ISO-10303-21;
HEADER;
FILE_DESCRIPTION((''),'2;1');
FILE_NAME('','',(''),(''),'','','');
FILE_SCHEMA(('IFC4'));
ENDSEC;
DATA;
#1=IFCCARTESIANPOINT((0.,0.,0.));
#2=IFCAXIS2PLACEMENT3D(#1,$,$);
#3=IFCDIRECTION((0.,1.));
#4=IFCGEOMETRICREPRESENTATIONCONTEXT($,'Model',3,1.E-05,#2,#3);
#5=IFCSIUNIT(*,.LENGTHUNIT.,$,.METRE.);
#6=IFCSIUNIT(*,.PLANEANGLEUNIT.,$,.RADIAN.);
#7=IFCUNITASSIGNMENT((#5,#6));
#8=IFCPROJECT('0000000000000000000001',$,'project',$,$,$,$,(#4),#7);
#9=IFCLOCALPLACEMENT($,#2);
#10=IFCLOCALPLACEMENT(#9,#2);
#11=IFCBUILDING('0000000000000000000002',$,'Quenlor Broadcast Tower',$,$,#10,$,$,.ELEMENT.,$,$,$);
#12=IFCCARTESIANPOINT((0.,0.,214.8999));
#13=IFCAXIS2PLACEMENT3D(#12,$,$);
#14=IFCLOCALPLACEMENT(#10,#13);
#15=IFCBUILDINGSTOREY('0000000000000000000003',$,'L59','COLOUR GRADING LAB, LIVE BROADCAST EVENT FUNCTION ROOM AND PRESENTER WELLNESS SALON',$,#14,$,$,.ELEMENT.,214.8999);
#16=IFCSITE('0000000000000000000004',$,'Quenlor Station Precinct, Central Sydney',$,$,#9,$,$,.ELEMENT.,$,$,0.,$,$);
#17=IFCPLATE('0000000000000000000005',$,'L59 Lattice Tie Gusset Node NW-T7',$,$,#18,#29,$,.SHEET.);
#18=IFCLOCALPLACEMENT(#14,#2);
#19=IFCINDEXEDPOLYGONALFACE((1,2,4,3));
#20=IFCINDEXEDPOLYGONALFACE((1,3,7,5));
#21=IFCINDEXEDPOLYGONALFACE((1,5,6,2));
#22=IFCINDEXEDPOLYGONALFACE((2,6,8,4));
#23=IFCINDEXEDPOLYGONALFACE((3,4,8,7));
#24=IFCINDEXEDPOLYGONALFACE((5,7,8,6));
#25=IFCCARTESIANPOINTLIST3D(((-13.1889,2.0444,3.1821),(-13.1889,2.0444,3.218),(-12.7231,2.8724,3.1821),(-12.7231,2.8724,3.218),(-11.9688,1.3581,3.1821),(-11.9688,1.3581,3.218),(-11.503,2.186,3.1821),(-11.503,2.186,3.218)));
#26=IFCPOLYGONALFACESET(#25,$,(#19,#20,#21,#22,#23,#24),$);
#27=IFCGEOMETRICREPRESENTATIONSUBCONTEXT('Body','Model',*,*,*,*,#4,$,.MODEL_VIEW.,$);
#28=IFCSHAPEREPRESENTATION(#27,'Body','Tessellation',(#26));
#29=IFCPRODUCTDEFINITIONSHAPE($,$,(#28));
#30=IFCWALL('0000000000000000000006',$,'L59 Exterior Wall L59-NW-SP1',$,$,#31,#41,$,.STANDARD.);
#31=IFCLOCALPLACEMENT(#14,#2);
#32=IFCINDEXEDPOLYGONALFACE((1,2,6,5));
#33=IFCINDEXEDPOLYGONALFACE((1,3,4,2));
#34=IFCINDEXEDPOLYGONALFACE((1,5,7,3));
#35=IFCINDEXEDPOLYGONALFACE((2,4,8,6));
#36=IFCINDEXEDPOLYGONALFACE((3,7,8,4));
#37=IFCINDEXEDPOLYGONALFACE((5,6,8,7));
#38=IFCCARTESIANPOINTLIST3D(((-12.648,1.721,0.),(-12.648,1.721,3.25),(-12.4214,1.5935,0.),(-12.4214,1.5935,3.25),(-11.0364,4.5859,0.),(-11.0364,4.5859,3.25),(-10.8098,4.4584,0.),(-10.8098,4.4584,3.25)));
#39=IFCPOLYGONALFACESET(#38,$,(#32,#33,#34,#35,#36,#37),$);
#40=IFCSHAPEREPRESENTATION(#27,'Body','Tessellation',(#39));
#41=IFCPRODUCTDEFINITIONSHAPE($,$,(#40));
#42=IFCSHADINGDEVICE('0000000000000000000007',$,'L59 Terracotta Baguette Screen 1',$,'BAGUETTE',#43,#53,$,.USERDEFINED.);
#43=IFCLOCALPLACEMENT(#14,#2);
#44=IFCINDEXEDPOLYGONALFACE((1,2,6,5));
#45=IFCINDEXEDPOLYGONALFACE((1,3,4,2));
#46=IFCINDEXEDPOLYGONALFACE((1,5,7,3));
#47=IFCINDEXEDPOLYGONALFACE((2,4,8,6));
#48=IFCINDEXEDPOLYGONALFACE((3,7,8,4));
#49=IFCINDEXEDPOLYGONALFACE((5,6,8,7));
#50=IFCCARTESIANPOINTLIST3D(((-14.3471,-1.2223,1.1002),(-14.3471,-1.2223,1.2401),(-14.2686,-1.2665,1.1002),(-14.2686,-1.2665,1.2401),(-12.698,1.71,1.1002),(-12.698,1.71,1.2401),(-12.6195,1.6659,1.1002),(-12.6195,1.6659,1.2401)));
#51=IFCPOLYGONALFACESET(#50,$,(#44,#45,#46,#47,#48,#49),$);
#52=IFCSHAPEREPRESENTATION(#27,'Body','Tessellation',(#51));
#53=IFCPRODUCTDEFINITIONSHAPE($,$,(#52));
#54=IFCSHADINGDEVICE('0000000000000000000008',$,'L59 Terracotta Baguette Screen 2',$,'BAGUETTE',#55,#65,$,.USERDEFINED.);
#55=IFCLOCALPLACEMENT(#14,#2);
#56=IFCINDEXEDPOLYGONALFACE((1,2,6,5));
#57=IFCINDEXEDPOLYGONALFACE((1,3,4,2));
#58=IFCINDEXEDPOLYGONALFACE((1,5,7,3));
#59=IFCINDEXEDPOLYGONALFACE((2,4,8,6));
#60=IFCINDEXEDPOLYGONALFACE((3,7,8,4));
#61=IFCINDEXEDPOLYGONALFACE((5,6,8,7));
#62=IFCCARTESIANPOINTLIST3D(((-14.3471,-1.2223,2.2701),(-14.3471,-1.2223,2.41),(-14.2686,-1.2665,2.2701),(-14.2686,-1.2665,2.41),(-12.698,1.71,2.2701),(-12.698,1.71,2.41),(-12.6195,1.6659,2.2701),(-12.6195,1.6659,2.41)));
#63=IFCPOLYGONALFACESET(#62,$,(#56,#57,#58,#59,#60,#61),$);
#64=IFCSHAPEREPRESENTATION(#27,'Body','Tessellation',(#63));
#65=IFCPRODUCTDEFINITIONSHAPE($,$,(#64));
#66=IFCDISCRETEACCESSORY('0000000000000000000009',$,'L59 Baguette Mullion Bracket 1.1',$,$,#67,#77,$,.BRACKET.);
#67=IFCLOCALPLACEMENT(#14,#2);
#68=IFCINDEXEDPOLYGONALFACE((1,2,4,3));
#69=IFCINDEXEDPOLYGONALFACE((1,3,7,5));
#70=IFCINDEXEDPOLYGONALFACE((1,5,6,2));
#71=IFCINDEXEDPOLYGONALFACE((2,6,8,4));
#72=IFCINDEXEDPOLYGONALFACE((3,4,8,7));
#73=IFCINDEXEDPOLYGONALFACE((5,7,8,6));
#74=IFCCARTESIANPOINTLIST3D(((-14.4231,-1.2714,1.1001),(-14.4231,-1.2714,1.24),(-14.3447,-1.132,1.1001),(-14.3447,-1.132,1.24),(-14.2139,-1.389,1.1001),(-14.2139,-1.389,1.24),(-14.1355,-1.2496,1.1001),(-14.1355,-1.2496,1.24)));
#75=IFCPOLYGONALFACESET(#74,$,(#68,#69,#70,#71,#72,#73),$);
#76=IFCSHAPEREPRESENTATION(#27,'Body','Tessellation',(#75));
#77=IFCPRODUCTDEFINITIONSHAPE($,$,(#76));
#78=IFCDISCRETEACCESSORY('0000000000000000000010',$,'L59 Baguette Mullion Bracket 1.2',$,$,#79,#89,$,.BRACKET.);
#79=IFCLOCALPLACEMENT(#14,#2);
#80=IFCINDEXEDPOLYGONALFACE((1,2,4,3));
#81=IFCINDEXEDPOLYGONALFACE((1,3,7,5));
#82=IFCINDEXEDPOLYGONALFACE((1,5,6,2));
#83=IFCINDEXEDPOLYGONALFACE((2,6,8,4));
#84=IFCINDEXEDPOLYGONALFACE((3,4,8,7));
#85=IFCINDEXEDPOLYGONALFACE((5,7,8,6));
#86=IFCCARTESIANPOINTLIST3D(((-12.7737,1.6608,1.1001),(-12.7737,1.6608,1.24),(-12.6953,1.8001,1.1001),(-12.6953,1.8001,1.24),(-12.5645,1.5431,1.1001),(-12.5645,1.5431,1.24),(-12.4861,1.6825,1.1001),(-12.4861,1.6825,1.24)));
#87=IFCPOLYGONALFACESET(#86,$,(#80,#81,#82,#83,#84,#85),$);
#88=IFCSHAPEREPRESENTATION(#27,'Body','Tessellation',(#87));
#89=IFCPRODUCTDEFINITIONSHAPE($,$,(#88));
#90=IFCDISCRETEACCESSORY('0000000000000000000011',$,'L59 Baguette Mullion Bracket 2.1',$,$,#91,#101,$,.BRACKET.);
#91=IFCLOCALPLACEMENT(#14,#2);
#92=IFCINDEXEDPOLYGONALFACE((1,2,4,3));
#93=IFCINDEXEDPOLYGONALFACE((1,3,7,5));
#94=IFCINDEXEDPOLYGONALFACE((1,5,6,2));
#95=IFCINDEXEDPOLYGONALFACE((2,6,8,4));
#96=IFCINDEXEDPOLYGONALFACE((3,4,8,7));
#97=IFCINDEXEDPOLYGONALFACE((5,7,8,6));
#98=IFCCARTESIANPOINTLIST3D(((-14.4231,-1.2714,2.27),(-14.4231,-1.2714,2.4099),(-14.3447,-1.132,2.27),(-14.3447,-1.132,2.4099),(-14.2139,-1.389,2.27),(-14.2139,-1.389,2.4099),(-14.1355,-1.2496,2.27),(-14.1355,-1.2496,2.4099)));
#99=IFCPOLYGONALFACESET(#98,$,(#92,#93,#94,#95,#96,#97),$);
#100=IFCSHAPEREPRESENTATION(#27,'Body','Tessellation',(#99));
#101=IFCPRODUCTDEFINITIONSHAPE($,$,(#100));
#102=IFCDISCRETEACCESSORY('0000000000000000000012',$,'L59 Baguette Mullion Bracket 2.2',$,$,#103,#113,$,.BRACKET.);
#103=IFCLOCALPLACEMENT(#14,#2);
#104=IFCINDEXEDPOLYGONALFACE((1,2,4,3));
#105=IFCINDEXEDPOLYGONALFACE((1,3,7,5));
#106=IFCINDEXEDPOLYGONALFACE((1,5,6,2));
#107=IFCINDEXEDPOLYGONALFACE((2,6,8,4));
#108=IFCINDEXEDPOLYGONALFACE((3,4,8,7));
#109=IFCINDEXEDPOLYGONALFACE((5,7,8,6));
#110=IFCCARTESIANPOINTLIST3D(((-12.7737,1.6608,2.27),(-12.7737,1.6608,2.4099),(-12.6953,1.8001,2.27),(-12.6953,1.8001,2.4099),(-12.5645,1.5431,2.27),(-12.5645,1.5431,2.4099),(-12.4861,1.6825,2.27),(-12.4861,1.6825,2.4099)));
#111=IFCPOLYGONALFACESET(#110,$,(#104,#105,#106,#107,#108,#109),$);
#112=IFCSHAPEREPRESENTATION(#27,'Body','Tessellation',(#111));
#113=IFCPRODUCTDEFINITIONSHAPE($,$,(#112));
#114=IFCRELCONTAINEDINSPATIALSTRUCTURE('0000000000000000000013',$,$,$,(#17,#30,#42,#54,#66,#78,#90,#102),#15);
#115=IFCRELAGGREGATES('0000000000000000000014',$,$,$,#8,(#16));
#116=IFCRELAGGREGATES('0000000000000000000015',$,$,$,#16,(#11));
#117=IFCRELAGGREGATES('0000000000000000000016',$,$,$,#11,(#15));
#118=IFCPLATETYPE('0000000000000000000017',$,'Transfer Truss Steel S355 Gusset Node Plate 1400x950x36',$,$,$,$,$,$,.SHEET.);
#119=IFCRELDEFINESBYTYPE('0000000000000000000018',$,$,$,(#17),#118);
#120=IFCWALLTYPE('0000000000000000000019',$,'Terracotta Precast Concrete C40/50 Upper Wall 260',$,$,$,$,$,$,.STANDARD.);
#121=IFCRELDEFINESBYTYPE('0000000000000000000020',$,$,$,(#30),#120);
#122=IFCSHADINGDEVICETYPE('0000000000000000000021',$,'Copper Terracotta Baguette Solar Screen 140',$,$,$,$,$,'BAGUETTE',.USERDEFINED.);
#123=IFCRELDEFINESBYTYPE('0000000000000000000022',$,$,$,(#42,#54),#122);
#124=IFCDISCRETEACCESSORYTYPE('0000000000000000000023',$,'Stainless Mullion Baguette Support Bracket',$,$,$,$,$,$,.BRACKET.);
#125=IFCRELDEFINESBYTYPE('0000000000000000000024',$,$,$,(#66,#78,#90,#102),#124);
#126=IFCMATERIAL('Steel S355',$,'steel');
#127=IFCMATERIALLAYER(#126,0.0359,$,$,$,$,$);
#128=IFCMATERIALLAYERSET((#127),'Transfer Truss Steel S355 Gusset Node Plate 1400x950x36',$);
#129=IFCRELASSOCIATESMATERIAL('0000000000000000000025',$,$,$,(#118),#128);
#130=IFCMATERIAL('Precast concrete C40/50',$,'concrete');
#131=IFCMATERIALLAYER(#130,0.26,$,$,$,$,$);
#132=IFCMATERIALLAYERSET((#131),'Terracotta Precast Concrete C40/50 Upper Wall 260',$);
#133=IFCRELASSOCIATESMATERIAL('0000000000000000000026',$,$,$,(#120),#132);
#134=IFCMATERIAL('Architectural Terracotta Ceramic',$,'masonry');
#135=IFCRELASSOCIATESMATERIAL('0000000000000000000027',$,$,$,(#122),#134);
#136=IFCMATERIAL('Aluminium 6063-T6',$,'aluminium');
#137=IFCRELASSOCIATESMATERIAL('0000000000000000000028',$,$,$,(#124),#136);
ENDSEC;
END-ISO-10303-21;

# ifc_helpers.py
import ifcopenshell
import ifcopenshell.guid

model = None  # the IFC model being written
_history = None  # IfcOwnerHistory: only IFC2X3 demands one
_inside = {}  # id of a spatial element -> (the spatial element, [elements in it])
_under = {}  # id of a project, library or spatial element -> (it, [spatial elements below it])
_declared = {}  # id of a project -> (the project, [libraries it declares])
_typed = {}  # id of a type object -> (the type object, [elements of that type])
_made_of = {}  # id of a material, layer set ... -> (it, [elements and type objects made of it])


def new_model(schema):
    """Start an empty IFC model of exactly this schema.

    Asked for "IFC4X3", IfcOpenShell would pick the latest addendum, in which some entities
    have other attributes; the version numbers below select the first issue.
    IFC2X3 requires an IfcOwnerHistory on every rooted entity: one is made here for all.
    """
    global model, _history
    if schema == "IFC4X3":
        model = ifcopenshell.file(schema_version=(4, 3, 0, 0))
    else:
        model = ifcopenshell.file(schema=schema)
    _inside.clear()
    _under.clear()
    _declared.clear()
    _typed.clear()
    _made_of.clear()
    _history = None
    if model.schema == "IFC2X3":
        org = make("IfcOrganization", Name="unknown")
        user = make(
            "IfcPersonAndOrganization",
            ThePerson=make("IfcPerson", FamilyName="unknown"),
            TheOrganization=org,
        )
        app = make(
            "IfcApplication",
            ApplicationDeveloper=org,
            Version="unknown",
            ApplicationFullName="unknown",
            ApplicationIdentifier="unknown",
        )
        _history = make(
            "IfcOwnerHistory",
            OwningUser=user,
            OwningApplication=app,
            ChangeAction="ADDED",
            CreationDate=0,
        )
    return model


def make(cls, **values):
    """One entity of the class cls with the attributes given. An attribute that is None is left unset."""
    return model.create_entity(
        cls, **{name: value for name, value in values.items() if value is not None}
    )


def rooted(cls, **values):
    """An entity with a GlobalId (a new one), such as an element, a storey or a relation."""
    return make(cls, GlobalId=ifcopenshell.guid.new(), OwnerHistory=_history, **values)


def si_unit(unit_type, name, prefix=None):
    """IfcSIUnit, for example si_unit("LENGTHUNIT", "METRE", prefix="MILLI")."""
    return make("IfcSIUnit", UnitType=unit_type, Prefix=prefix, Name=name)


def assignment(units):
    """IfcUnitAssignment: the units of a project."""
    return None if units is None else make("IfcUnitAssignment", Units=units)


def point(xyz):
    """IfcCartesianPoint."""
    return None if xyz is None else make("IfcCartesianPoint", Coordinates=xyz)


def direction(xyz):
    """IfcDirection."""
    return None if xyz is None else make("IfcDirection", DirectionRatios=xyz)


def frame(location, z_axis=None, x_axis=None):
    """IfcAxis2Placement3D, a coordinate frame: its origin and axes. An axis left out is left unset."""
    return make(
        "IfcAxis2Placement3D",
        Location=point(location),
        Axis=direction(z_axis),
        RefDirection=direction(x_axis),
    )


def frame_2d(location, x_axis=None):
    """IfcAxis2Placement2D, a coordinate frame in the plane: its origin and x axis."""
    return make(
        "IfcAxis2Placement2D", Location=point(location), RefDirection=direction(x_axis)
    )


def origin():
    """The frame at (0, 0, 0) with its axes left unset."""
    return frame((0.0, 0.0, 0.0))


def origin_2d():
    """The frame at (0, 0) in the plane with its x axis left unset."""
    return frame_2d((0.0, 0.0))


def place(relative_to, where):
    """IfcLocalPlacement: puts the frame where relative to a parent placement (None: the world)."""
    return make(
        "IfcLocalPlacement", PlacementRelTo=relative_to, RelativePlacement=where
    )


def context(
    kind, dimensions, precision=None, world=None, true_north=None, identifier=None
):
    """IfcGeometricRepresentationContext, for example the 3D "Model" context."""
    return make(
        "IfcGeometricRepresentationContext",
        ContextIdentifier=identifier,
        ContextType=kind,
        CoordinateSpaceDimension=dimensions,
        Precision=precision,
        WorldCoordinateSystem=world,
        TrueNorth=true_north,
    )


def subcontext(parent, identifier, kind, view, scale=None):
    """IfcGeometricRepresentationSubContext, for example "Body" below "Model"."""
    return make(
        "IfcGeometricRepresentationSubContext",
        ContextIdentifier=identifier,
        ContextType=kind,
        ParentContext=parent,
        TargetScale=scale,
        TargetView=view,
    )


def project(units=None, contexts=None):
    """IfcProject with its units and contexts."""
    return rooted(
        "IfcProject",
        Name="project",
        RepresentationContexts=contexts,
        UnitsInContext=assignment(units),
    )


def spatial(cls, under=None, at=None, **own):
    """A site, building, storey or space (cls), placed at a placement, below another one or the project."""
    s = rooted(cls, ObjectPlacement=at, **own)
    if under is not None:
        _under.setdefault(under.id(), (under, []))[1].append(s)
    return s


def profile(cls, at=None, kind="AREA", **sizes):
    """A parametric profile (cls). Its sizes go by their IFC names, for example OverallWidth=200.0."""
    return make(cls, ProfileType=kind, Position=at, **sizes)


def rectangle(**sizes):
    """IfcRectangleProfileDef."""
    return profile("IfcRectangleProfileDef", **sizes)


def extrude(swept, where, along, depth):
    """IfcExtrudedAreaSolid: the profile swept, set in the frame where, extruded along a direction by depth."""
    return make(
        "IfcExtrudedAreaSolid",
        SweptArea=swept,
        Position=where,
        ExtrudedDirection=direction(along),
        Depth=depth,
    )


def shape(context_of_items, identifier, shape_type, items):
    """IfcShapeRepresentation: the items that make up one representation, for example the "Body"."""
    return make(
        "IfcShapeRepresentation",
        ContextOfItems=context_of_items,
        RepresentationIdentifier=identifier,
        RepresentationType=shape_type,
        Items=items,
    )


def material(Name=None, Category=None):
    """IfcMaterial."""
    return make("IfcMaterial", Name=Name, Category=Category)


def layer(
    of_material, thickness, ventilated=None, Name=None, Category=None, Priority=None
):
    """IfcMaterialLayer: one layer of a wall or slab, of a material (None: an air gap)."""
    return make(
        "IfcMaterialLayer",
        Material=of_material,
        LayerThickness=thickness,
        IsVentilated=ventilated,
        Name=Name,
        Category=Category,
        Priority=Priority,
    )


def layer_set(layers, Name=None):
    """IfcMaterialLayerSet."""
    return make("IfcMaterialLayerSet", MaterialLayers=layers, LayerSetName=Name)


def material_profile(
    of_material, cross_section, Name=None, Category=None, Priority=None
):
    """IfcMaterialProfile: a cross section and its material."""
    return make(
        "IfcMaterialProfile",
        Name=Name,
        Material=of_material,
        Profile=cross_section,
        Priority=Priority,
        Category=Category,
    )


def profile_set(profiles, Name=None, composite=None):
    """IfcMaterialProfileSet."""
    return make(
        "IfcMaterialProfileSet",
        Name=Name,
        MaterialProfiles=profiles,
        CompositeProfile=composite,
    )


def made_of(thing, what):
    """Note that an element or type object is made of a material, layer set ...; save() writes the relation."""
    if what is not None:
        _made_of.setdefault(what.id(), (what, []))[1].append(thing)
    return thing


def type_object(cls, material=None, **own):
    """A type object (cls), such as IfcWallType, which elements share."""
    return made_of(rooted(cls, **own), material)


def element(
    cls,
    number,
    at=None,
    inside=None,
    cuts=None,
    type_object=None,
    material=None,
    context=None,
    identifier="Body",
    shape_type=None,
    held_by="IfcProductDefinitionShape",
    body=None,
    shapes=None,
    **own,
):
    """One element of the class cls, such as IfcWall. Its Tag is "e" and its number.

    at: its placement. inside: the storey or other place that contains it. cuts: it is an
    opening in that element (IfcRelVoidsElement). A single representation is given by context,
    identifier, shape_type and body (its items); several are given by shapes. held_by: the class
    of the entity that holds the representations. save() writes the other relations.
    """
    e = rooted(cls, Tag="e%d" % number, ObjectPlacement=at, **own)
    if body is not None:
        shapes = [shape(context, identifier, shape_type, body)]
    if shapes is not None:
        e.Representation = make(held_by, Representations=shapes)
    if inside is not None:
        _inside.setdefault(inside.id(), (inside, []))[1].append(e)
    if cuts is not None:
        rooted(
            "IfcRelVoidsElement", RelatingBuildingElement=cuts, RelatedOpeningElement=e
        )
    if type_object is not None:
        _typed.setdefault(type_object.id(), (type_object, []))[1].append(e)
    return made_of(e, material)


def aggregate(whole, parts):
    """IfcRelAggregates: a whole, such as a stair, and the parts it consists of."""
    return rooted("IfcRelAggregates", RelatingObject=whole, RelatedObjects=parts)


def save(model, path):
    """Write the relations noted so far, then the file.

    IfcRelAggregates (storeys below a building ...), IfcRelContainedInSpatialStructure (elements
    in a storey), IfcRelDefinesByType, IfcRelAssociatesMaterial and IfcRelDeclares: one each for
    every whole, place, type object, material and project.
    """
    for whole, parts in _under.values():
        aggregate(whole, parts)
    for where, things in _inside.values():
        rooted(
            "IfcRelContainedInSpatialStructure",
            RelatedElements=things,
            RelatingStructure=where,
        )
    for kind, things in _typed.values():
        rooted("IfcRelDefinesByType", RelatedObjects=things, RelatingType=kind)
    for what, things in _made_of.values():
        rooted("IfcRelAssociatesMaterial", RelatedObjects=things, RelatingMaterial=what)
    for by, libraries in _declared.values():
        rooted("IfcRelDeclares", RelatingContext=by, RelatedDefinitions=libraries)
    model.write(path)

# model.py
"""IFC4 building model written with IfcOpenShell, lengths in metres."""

from ifc_helpers import new_model, si_unit, direction, frame, frame_2d, origin, origin_2d, place, context, subcontext, project, spatial, rectangle, extrude, material, layer, layer_set, material_profile, profile_set, type_object, element, save


model = new_model("IFC4")

# Units and contexts
model_context = context("Model", 3, precision=1e-05, world=origin(), true_north=direction((0.0, 1.0)))
body_context = subcontext(model_context, "Body", "Model", "MODEL_VIEW")
ifc_project = project(units=[si_unit("LENGTHUNIT", "METRE"), si_unit("PLANEANGLEUNIT", "RADIAN")], contexts=[model_context])

# Site, building, storey
site_placement = place(None, origin())
site = spatial("IfcSite", under=ifc_project, at=site_placement, Name="Quenlor Station Precinct, Central Sydney", CompositionType="ELEMENT", RefElevation=0.0)
building_placement = place(site_placement, origin())
building = spatial("IfcBuilding", under=site, at=building_placement, Name="Quenlor Broadcast Tower", CompositionType="ELEMENT")
storey_placement = place(building_placement, frame((0.0, 0.0, 214.8999)))
storey = spatial("IfcBuildingStorey", under=building, at=storey_placement, Name="L59", Description="COLOUR GRADING LAB, LIVE BROADCAST EVENT FUNCTION ROOM AND PRESENTER WELLNESS SALON", CompositionType="ELEMENT", Elevation=214.8999)

# Plate
ifc_material_1 = material(Name="Steel S355", Category="steel")
ifc_layer_1 = layer(ifc_material_1, 0.0359)
ifc_layer_set_1 = layer_set([ifc_layer_1], Name="Transfer Truss Steel S355 Gusset Node Plate 1400x950x36")
plate_type_1 = type_object("IfcPlateType", Name="Transfer Truss Steel S355 Gusset Node Plate 1400x950x36", PredefinedType="SHEET", material=ifc_layer_set_1)
for number, where, z_axis, x_axis, name in (
    (1, (-12.3459, 2.1152, 3.1821), (0.0, 0.0, 1.0), (-0.871556, 0.490295, 0.0), "L59 Lattice Tie Gusset Node NW-T7"),
):
    element("IfcPlate", number, at=place(storey_placement, frame(where, z_axis=z_axis, x_axis=x_axis)), inside=storey, type_object=plate_type_1, Name=name, PredefinedType="SHEET", context=body_context, shape_type="SweptSolid", body=[
        extrude(rectangle(XDim=1.3999, YDim=0.95, at=origin_2d()), origin(), (0.0, 0.0, 1.0), 0.0359),
    ])

# Wall
ifc_material_2 = material(Name="Precast concrete C40/50", Category="concrete")
ifc_layer_2 = layer(ifc_material_2, 0.26)
ifc_layer_set_2 = layer_set([ifc_layer_2], Name="Terracotta Precast Concrete C40/50 Upper Wall 260")
wall_type = type_object("IfcWallType", Name="Terracotta Precast Concrete C40/50 Upper Wall 260", PredefinedType="STANDARD", material=ifc_layer_set_2)
wall_placement = place(storey_placement, frame((-12.5347, 1.6572, 0.0), z_axis=(0.0, 0.0, 1.0), x_axis=(0.490265, 0.871574, 0.0)))
element("IfcWall", 2, at=wall_placement, inside=storey, type_object=wall_type, Name="L59 Exterior Wall L59-NW-SP1", PredefinedType="STANDARD", context=body_context, shape_type="SweptSolid", body=[
    extrude(rectangle(XDim=3.2871, YDim=0.26, at=frame_2d((1.6436, 0.0))), origin(), (0.0, 0.0, 1.0), 3.25),
])

# Shading devices
ifc_material_3 = material(Name="Architectural Terracotta Ceramic", Category="masonry")
ifc_material_profile_1 = material_profile(ifc_material_3, rectangle(XDim=0.0901, YDim=0.1399, at=origin_2d()))
ifc_profile_set_1 = profile_set([ifc_material_profile_1], Name="Architectural Terracotta Ceramic BAG90x140")
shading_device_type = type_object("IfcShadingDeviceType", Name="Copper Terracotta Baguette Solar Screen 140", ElementType="BAGUETTE", PredefinedType="USERDEFINED", material=ifc_profile_set_1)
for number, where, z_axis, x_axis, name in (
    (3, (-14.3079, -1.2444, 1.1702), (0.490196, 0.871612, 0.0), (-0.871612, 0.490196, 0.0), "L59 Terracotta Baguette Screen 1"),
    (4, (-14.3079, -1.2444, 2.3401), (0.490196, 0.871612, 0.0), (-0.871612, 0.490196, 0.0), "L59 Terracotta Baguette Screen 2"),
):
    element("IfcShadingDevice", number, at=place(storey_placement, frame(where, z_axis=z_axis, x_axis=x_axis)), inside=storey, type_object=shading_device_type, Name=name, ObjectType="BAGUETTE", PredefinedType="USERDEFINED", context=body_context, shape_type="SweptSolid", body=[
        extrude(rectangle(XDim=0.0901, YDim=0.1399, at=origin_2d()), origin(), (0.0, 0.0, 1.0), 3.3643),
    ])

# Discrete accessories
ifc_material_4 = material(Name="Aluminium 6063-T6", Category="aluminium")
discrete_accessory_type = type_object("IfcDiscreteAccessoryType", Name="Stainless Mullion Baguette Support Bracket", PredefinedType="BRACKET", material=ifc_material_4)
for number, where, z_axis, x_axis, name in (
    (5, (-14.2793, -1.2605, 1.1001), (0.0, 0.0, 1.0), (0.490257, 0.871578, 0.0), "L59 Baguette Mullion Bracket 1.1"),
    (6, (-12.6299, 1.6716, 1.1001), (0.0, 0.0, 1.0), (0.490257, 0.871578, 0.0), "L59 Baguette Mullion Bracket 1.2"),
    (7, (-14.2793, -1.2605, 2.27), (0.0, 0.0, 1.0), (0.490257, 0.871578, 0.0), "L59 Baguette Mullion Bracket 2.1"),
    (8, (-12.6299, 1.6716, 2.27), (0.0, 0.0, 1.0), (0.490257, 0.871578, 0.0), "L59 Baguette Mullion Bracket 2.2"),
):
    element("IfcDiscreteAccessory", number, at=place(storey_placement, frame(where, z_axis=z_axis, x_axis=x_axis)), inside=storey, type_object=discrete_accessory_type, Name=name, PredefinedType="BRACKET", context=body_context, shape_type="SweptSolid", body=[
        extrude(rectangle(XDim=0.1599, YDim=0.24, at=origin_2d()), origin(), (0.0, 0.0, 1.0), 0.1399),
    ])

save(model, "model.ifc")
